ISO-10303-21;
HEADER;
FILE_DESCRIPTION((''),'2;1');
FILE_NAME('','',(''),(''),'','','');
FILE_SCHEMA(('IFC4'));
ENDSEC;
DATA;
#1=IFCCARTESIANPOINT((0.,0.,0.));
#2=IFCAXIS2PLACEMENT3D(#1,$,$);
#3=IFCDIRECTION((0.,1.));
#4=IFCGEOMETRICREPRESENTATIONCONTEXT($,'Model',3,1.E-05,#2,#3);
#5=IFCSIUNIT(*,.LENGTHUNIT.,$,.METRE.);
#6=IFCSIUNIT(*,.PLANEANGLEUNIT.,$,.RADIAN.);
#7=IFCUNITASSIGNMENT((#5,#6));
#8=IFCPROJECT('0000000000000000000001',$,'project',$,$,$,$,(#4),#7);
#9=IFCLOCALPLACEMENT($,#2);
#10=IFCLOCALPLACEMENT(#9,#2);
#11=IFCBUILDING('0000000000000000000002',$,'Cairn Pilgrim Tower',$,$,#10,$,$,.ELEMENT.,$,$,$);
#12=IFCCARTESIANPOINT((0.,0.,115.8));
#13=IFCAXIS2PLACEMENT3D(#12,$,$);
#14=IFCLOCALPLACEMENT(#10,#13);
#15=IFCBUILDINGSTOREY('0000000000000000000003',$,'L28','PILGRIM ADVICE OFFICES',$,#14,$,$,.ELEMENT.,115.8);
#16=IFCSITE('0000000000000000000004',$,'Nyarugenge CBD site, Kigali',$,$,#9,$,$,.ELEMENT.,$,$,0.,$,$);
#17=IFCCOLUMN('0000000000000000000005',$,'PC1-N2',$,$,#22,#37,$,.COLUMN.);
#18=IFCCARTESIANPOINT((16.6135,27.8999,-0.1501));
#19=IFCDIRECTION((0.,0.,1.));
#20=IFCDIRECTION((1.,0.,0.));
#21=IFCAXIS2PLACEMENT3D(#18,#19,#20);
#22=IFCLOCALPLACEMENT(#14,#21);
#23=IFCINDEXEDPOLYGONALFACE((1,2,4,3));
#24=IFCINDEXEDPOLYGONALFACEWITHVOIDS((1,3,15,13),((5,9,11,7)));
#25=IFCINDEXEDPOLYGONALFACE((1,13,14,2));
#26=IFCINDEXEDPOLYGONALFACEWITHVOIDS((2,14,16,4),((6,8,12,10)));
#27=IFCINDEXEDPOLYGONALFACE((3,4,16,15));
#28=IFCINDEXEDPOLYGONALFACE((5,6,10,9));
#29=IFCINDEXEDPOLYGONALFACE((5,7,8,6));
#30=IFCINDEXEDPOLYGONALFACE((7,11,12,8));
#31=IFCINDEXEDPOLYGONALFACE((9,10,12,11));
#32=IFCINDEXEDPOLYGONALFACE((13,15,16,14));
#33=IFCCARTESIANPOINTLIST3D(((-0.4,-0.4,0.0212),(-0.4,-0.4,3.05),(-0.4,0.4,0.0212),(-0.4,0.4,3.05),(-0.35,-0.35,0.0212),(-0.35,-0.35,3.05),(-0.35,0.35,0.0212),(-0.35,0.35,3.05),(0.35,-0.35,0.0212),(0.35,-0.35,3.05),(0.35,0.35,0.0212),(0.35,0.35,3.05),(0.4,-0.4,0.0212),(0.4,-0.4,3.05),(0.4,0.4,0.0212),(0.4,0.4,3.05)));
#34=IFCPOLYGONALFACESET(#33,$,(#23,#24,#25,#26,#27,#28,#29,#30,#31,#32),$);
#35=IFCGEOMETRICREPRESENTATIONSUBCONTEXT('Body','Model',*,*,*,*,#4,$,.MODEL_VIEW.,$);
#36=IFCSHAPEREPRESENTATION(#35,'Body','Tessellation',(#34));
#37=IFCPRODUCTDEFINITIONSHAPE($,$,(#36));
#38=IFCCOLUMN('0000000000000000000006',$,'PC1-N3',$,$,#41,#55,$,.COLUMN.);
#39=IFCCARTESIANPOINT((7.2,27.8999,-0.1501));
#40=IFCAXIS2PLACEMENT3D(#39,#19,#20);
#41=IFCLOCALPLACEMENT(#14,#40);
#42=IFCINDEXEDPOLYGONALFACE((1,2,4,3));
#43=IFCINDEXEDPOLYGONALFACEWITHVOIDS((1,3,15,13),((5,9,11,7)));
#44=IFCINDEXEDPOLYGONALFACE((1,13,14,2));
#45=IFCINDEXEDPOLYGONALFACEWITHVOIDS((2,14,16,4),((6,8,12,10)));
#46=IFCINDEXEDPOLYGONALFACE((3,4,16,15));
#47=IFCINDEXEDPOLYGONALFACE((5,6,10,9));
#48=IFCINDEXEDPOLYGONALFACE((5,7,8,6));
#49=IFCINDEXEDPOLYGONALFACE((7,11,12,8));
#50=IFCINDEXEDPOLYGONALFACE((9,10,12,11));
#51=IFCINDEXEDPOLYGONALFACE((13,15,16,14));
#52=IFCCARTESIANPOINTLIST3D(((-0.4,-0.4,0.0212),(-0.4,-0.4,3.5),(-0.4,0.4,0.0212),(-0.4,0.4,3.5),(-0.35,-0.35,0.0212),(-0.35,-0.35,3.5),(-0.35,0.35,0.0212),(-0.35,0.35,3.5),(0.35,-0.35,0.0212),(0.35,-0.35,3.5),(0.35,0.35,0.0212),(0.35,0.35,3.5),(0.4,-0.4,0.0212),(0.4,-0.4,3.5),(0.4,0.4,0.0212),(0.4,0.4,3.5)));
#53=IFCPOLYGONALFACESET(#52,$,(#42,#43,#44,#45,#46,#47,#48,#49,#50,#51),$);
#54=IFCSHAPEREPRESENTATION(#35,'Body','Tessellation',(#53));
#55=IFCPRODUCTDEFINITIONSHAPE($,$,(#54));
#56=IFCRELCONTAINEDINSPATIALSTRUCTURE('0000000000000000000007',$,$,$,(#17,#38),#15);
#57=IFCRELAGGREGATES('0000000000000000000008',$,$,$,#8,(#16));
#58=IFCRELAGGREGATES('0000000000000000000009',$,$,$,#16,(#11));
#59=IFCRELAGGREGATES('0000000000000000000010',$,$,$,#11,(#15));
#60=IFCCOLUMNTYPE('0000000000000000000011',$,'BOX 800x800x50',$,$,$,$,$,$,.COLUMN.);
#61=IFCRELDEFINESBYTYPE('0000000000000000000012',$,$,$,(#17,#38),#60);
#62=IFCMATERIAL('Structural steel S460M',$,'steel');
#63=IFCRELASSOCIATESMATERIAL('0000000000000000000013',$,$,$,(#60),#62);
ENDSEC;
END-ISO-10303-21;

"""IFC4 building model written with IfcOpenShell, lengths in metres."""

from ifc_helpers import new_model, si_unit, direction, frame, origin, origin_2d, place, context, subcontext, project, spatial, hollow_rectangle, extrude, clip, halfspace, material, material_profile, profile_set, type_object, element, save


model = new_model("IFC4")

# Units and contexts
model_context = context("Model", 3, precision=1e-05, world=origin(), true_north=direction((0.0, 1.0)))
body_context = subcontext(model_context, "Body", "Model", "MODEL_VIEW")
ifc_project = project(units=[si_unit("LENGTHUNIT", "METRE"), si_unit("PLANEANGLEUNIT", "RADIAN")], contexts=[model_context])

# Site, building, storey
site_placement = place(None, origin())
site = spatial("IfcSite", under=ifc_project, at=site_placement, Name="Nyarugenge CBD site, Kigali", CompositionType="ELEMENT", RefElevation=0.0)
building_placement = place(site_placement, origin())
building = spatial("IfcBuilding", under=site, at=building_placement, Name="Cairn Pilgrim Tower", CompositionType="ELEMENT")
storey_placement = place(building_placement, frame((0.0, 0.0, 115.8)))
storey = spatial("IfcBuildingStorey", under=building, at=storey_placement, Name="L28", Description="PILGRIM ADVICE OFFICES", CompositionType="ELEMENT", Elevation=115.8)

# Columns
ifc_material_1 = material(Name="Structural steel S460M", Category="steel")
ifc_material_profile_1 = material_profile(ifc_material_1, hollow_rectangle(XDim=0.8, YDim=0.8, WallThickness=0.05, at=origin_2d()), Name="BOX 800x800x50")
ifc_profile_set_1 = profile_set([ifc_material_profile_1], Name="Structural steel S460M")
column_type_1 = type_object("IfcColumnType", Name="BOX 800x800x50", PredefinedType="COLUMN", material=ifc_profile_set_1)
column_1_placement = place(storey_placement, frame((16.6135, 27.8999, -0.1501), z_axis=(0.0, 0.0, 1.0), x_axis=(1.0, 0.0, 0.0)))
element("IfcColumn", 1, at=column_1_placement, inside=storey, type_object=column_type_1, Name="PC1-N2", PredefinedType="COLUMN", context=body_context, shape_type="Clipping", body=[
    clip(clip(extrude(hollow_rectangle(XDim=0.8, YDim=0.8, WallThickness=0.05, at=origin_2d()), origin(), (0.0, 0.0, 1.0), 3.5), halfspace(frame((0.0, 0.0, 0.0212), z_axis=(0.0, 0.0, 1.0), x_axis=(1.0, 0.0, 0.0)), True)), halfspace(frame((0.0, 0.0, 3.05), z_axis=(0.0, 0.0, 1.0), x_axis=(1.0, 0.0, 0.0)), False)),
])
column_2_placement = place(storey_placement, frame((7.2, 27.8999, -0.1501), z_axis=(0.0, 0.0, 1.0), x_axis=(1.0, 0.0, 0.0)))
element("IfcColumn", 2, at=column_2_placement, inside=storey, type_object=column_type_1, Name="PC1-N3", PredefinedType="COLUMN", context=body_context, shape_type="Clipping", body=[
    clip(extrude(hollow_rectangle(XDim=0.8, YDim=0.8, WallThickness=0.05, at=origin_2d()), origin(), (0.0, 0.0, 1.0), 3.5), halfspace(frame((0.0, 0.0, 0.0212), z_axis=(0.0, 0.0, 1.0), x_axis=(1.0, 0.0, 0.0)), True)),
])

save(model, "model.ifc")
